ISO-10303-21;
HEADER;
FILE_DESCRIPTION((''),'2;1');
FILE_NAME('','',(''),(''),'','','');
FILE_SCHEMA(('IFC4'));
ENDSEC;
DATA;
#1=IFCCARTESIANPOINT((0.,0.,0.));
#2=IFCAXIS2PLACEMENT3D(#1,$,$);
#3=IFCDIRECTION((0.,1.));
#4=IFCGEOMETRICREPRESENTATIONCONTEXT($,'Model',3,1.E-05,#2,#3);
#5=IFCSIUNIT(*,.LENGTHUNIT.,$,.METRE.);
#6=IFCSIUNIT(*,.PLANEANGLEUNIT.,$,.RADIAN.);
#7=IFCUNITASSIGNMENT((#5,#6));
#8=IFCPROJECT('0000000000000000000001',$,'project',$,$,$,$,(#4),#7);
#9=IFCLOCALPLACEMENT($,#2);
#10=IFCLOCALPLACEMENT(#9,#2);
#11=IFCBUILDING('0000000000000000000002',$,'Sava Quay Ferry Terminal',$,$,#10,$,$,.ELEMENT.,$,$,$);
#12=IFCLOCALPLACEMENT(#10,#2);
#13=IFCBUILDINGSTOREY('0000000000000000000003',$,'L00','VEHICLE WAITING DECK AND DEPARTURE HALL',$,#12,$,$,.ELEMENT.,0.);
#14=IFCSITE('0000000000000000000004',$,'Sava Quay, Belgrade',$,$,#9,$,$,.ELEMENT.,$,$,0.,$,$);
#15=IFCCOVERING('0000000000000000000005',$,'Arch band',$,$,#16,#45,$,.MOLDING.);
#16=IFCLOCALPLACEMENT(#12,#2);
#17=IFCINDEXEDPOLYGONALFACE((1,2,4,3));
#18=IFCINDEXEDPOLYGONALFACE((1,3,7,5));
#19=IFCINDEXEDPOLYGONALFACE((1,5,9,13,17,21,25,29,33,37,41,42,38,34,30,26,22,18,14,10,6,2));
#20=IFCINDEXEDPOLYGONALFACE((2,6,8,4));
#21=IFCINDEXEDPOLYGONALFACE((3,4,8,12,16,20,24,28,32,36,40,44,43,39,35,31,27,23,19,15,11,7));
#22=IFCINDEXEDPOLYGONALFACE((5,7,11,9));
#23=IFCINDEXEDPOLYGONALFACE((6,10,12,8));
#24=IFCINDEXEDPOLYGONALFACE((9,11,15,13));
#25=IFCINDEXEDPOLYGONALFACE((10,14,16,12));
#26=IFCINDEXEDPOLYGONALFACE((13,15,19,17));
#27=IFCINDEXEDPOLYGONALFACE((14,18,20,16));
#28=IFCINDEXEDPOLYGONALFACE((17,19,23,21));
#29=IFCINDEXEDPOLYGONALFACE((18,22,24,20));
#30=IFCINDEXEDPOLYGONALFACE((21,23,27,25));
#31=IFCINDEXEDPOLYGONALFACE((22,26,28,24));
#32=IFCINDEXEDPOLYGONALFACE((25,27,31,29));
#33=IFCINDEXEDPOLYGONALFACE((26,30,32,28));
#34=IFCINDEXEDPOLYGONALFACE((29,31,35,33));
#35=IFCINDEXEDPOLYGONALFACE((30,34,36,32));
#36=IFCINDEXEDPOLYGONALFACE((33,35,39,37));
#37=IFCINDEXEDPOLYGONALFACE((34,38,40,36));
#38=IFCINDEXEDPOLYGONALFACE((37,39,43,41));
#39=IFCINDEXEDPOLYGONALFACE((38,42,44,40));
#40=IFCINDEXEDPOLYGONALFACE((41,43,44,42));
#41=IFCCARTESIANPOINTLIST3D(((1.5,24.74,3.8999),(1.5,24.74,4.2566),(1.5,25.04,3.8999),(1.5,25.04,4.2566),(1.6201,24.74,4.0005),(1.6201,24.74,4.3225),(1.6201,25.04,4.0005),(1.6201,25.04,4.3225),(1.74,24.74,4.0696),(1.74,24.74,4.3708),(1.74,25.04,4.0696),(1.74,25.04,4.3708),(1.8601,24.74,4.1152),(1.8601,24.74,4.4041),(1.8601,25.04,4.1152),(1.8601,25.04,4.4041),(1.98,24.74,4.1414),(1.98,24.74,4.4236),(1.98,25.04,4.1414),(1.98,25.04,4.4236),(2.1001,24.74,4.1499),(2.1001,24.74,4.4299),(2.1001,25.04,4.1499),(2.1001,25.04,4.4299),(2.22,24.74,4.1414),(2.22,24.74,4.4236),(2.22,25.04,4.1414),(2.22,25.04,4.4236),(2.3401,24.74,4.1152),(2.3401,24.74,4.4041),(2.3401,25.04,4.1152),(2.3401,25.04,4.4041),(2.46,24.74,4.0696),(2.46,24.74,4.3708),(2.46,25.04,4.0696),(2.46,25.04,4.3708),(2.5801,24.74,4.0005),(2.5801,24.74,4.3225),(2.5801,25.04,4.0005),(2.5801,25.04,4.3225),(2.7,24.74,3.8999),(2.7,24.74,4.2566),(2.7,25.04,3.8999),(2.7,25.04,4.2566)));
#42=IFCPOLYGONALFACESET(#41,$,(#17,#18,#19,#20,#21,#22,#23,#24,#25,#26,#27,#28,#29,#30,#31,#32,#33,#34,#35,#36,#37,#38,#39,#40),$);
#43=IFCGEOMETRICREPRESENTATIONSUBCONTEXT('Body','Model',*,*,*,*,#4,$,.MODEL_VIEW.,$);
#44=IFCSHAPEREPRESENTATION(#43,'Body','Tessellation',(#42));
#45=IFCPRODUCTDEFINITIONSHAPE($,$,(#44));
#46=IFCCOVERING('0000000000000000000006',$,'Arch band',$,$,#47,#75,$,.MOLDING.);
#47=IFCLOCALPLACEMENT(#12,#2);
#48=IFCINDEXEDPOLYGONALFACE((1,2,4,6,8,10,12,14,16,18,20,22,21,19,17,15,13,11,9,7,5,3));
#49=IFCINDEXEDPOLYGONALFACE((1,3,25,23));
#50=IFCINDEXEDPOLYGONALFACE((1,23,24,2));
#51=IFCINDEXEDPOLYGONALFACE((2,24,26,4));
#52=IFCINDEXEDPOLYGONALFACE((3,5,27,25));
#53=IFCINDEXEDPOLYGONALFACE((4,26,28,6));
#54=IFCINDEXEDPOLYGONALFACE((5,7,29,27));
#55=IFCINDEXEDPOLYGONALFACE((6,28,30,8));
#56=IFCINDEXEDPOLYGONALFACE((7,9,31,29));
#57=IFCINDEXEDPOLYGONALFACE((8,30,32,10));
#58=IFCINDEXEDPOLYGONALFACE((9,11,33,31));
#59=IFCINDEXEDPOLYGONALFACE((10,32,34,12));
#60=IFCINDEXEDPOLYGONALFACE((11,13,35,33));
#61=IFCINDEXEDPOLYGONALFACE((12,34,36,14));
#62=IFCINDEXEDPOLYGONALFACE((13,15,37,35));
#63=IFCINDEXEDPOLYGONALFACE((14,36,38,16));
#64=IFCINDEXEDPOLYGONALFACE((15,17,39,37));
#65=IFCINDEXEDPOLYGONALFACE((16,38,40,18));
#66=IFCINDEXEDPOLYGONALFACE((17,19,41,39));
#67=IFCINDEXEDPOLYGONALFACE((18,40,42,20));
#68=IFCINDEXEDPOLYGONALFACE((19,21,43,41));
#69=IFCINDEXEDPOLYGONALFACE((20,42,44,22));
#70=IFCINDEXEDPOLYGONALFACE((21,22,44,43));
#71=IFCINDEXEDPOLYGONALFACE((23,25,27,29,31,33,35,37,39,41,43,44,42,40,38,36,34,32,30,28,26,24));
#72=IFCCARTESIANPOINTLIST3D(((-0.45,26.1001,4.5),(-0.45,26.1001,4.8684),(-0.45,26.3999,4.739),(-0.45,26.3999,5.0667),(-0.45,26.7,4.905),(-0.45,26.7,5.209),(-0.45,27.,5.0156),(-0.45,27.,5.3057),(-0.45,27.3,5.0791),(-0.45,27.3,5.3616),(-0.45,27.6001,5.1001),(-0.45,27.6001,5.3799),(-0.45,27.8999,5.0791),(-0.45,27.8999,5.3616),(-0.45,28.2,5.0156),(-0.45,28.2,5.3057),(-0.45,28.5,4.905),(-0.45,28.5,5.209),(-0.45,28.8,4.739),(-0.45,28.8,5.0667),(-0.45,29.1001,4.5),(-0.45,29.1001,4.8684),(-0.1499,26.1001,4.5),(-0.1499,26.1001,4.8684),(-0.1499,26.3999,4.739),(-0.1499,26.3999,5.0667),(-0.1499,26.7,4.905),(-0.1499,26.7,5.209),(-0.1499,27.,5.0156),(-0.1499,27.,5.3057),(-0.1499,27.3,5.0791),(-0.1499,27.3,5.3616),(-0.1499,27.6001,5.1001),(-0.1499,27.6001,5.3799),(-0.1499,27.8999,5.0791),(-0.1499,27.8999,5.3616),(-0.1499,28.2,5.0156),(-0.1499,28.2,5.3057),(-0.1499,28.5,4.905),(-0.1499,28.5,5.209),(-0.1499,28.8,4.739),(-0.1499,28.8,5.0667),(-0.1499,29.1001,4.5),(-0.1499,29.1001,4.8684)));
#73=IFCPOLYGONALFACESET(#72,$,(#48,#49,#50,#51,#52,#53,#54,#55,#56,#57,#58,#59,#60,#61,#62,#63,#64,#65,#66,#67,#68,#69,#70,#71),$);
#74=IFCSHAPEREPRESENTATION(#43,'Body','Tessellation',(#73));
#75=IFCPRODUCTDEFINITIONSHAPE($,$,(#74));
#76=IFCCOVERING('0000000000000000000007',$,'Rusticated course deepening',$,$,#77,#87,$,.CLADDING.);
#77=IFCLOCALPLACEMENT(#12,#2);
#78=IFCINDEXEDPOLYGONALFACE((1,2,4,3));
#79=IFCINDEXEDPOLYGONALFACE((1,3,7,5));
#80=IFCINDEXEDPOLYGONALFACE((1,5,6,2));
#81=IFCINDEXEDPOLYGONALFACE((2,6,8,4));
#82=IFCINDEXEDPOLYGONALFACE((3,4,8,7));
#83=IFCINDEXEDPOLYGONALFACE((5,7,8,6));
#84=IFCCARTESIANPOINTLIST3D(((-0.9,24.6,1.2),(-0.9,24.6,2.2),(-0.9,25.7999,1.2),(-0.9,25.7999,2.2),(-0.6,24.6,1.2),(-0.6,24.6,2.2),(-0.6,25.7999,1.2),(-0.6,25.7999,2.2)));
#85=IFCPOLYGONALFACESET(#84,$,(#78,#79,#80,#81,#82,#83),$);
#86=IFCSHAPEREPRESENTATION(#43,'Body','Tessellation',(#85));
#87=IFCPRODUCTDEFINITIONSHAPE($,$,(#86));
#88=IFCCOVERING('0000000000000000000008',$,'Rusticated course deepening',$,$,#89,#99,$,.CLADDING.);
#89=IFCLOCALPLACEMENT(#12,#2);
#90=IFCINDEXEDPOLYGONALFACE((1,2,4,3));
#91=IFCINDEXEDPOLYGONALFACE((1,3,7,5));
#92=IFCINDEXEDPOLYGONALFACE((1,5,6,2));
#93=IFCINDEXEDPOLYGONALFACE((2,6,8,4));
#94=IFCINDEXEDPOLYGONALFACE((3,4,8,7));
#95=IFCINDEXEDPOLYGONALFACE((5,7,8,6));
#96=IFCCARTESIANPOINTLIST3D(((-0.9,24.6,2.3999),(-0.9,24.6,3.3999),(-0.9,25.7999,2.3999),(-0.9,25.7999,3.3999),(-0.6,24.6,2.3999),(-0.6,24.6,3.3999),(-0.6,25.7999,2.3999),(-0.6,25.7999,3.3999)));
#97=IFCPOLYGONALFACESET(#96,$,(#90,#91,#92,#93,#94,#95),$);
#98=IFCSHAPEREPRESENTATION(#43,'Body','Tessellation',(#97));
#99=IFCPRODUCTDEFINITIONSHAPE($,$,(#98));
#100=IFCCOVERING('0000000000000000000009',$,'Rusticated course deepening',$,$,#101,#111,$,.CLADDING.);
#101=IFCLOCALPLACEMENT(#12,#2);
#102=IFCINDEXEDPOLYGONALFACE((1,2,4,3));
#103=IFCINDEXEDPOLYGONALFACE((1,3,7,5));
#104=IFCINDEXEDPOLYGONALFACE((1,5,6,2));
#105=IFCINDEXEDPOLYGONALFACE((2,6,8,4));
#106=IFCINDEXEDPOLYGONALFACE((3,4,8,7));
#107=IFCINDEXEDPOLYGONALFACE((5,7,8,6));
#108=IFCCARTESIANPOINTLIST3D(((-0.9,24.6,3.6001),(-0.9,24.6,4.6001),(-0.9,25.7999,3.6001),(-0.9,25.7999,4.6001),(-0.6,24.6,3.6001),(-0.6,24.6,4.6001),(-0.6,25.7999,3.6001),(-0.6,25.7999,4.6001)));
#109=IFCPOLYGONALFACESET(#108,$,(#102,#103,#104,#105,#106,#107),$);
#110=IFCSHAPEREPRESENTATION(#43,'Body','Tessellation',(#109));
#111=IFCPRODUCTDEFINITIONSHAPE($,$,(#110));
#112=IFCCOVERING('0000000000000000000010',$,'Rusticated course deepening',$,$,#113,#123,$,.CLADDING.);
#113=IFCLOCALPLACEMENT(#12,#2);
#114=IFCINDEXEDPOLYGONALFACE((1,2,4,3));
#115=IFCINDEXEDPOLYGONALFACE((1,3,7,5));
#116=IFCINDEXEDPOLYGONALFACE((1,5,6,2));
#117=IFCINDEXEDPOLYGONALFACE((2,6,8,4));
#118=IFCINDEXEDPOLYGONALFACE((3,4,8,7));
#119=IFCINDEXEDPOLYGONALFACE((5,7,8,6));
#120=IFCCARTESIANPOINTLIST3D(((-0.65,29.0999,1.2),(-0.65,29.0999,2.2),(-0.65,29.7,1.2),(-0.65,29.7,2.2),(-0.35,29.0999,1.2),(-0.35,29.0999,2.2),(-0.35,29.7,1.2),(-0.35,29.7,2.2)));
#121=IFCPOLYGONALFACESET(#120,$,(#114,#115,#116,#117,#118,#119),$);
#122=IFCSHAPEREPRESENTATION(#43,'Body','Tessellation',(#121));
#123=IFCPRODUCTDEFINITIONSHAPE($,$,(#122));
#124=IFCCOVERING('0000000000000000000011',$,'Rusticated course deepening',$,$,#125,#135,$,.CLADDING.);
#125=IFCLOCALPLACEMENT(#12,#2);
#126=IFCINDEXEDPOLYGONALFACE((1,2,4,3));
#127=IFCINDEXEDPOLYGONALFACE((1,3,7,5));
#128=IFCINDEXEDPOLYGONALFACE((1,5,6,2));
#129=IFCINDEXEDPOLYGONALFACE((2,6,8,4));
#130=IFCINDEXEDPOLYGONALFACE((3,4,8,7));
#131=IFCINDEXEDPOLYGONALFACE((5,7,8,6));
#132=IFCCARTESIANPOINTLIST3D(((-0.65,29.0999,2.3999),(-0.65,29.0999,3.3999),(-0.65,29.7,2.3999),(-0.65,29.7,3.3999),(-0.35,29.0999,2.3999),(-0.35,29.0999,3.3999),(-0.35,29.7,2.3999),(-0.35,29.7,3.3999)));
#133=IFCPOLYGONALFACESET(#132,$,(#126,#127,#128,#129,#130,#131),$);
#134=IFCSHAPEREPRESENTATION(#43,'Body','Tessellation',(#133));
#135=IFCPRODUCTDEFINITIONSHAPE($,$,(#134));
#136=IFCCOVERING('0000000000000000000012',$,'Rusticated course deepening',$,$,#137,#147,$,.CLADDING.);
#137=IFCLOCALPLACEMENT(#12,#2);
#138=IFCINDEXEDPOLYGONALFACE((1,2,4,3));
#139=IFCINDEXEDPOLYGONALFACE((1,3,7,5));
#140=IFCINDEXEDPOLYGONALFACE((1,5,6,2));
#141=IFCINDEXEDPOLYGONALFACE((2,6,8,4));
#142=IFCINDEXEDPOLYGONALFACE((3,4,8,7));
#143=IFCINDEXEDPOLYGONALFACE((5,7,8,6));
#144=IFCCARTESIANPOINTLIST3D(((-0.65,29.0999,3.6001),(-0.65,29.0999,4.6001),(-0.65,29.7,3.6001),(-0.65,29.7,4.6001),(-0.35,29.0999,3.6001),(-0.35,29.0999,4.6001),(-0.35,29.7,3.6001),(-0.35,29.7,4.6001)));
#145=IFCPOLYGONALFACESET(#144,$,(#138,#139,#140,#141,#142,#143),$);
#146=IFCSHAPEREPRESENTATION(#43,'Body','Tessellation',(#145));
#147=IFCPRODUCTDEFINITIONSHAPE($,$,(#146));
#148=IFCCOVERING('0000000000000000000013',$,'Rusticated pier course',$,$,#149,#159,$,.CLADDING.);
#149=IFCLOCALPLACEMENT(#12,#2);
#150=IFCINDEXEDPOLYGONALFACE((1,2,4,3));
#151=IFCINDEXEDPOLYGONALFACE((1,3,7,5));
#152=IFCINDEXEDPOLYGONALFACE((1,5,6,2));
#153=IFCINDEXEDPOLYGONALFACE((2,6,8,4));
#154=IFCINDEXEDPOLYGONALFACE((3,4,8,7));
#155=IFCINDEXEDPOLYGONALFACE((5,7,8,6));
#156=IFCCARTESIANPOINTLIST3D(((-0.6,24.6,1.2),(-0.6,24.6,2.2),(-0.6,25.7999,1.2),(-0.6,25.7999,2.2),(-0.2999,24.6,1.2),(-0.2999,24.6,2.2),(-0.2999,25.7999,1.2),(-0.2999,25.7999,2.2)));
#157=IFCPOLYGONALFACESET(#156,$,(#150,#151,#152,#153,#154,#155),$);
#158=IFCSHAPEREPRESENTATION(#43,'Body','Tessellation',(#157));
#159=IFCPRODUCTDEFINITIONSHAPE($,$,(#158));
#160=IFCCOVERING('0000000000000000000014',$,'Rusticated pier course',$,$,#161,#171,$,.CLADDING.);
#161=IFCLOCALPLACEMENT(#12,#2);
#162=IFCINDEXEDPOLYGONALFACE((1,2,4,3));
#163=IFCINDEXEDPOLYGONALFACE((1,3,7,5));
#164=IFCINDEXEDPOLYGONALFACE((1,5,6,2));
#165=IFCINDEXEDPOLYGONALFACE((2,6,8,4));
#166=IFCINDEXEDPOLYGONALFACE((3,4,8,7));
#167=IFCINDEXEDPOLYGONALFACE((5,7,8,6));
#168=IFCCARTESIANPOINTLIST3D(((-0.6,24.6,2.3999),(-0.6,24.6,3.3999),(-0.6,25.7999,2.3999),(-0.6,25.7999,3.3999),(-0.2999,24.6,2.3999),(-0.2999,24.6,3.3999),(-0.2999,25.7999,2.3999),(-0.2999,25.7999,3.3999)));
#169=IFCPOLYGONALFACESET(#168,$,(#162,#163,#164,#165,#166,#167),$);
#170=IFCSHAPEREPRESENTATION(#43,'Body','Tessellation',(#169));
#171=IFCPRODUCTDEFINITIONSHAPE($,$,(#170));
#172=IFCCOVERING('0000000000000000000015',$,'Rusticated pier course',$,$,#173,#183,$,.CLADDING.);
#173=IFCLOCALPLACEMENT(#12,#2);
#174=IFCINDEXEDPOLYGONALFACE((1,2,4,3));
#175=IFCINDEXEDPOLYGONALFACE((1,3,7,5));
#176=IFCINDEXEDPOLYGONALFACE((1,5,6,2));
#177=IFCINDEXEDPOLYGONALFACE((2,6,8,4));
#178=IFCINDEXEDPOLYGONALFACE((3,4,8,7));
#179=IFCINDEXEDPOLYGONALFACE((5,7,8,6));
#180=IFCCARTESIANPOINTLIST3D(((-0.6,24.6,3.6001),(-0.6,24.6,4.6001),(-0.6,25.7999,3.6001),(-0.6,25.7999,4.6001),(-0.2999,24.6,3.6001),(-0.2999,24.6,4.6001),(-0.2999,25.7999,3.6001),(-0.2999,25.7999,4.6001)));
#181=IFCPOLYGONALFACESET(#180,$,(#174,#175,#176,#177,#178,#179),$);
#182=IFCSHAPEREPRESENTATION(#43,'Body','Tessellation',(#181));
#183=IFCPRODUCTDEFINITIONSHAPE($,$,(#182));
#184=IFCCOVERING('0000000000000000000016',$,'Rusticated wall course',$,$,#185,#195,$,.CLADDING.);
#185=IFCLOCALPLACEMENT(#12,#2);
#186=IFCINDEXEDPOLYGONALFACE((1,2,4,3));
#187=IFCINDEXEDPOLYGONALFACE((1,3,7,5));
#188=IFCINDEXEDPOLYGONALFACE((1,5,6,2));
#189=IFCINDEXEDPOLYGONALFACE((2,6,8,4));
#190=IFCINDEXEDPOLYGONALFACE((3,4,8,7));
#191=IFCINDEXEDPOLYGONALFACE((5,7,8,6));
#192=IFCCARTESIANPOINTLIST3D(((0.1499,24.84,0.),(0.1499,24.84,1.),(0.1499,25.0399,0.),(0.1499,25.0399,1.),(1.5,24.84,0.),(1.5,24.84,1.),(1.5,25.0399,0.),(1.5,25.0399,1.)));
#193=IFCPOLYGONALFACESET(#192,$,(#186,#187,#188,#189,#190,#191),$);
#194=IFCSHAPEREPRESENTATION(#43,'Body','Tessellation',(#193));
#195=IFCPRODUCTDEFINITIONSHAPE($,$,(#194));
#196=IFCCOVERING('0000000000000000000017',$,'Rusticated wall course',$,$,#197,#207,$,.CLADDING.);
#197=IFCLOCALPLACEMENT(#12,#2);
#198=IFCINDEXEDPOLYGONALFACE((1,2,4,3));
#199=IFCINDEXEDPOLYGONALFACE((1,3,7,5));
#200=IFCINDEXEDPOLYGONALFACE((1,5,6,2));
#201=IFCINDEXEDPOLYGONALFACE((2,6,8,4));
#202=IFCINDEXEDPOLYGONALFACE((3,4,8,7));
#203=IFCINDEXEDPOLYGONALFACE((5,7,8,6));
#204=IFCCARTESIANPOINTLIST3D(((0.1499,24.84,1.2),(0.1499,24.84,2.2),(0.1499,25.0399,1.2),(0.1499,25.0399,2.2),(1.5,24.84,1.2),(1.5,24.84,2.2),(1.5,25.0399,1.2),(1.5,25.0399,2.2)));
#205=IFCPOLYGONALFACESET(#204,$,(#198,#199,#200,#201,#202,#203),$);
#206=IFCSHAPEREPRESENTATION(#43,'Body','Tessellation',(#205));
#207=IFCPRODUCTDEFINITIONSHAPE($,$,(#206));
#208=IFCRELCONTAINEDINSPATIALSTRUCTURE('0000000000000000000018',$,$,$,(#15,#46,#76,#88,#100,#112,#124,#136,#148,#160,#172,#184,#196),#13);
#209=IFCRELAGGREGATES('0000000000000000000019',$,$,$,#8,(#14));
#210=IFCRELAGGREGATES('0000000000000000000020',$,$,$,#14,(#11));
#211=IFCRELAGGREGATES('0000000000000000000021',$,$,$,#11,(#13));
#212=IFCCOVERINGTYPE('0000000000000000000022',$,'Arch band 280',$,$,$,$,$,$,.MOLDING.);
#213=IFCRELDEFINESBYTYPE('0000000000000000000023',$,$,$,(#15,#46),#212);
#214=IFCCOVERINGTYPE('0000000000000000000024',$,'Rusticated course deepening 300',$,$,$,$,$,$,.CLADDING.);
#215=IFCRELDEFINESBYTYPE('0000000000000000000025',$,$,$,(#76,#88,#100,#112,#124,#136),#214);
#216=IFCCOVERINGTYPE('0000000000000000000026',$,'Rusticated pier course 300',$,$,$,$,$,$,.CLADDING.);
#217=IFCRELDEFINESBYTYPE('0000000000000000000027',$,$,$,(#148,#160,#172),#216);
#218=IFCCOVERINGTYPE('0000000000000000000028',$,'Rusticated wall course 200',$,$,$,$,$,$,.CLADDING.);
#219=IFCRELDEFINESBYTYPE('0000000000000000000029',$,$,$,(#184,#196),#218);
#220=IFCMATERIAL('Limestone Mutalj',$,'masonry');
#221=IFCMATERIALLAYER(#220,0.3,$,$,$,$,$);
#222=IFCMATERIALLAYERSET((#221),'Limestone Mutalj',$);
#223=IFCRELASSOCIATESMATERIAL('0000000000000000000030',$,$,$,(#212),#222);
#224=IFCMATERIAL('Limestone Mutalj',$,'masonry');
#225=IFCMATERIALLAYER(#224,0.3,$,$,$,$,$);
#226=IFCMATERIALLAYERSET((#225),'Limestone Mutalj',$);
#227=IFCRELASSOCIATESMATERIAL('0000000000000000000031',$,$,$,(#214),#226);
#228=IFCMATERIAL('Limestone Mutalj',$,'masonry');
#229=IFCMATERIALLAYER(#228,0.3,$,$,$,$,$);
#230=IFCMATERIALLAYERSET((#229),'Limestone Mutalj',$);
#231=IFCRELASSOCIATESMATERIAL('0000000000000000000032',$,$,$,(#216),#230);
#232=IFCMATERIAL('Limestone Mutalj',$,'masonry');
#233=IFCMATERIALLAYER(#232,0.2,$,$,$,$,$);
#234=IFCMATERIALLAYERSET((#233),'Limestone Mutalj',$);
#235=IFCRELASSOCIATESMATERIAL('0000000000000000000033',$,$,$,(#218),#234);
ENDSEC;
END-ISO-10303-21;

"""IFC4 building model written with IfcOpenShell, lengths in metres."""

from ifc_helpers import new_model, si_unit, direction, frame, origin, origin_2d, place, context, subcontext, project, spatial, polyline, rectangle, outline, extrude, material, layer, layer_set, type_object, element, save


model = new_model("IFC4")

# Units and contexts
model_context = context("Model", 3, precision=1e-05, world=origin(), true_north=direction((0.0, 1.0)))
body_context = subcontext(model_context, "Body", "Model", "MODEL_VIEW")
ifc_project = project(units=[si_unit("LENGTHUNIT", "METRE"), si_unit("PLANEANGLEUNIT", "RADIAN")], contexts=[model_context])

# Site, building, storey
site_placement = place(None, origin())
site = spatial("IfcSite", under=ifc_project, at=site_placement, Name="Sava Quay, Belgrade", CompositionType="ELEMENT", RefElevation=0.0)
building_placement = place(site_placement, origin())
building = spatial("IfcBuilding", under=site, at=building_placement, Name="Sava Quay Ferry Terminal", CompositionType="ELEMENT")
storey_placement = place(building_placement, origin())
storey = spatial("IfcBuildingStorey", under=building, at=storey_placement, Name="L00", Description="VEHICLE WAITING DECK AND DEPARTURE HALL", CompositionType="ELEMENT", Elevation=0.0)

# Coverings
ifc_material_1 = material(Name="Limestone Mutalj", Category="masonry")
ifc_layer_1 = layer(ifc_material_1, 0.3)
ifc_layer_set_1 = layer_set([ifc_layer_1], Name="Limestone Mutalj")
covering_type_1 = type_object("IfcCoveringType", Name="Arch band 280", PredefinedType="MOLDING", material=ifc_layer_set_1)
covering_1_placement = place(storey_placement, frame((1.5, 24.74, 3.8999), z_axis=(0.0, -1.0, 0.0), x_axis=(0.766686, 0.0, 0.642022)))
element("IfcCovering", 1, at=covering_1_placement, inside=storey, type_object=covering_type_1, Name="Arch band", PredefinedType="MOLDING", context=body_context, shape_type="SweptSolid", body=[
    extrude(outline(polyline([(0.0, 0.0), (0.1567, 0.0), (0.2929, -0.024), (0.4143, -0.0661), (0.523, -0.123), (0.6206, -0.1936), (0.707, -0.2771), (0.7823, -0.3743), (0.8449, -0.4862), (0.8927, -0.6163), (0.92, -0.7704), (1.149, -0.4969), (1.0994, -0.3694), (1.0383, -0.2552), (0.9678, -0.1528), (0.8882, -0.0607), (0.8004, 0.0211), (0.7042, 0.0933), (0.5998, 0.1553), (0.4864, 0.207), (0.3634, 0.2469), (0.229, 0.2735), (0.0, 0.0)])), origin(), (0.0, 0.0, -1.0), 0.3),
])
covering_2_placement = place(storey_placement, frame((-0.1499, 26.1001, 4.5), z_axis=(1.0, 0.0, 0.0), x_axis=(0.0, 0.781924, 0.623374)))
element("IfcCovering", 2, at=covering_2_placement, inside=storey, type_object=covering_type_1, Name="Arch band", PredefinedType="MOLDING", context=body_context, shape_type="SweptSolid", body=[
    extrude(outline(polyline([(0.0, 0.0), (0.3834, 0.0), (0.7215, -0.0572), (1.0251, -0.1578), (1.2993, -0.2952), (1.547, -0.4658), (1.7683, -0.6691), (1.9634, -0.9058), (2.129, -1.1793), (2.2602, -1.4962), (2.3458, -1.8701), (2.5754, -1.5821), (2.4644, -1.24), (2.3185, -0.9417), (2.1442, -0.679), (1.9444, -0.4483), (1.7214, -0.2471), (1.4754, -0.0743), (1.2059, 0.069), (0.911, 0.1804), (0.5877, 0.2562), (0.2297, 0.2881), (0.0, 0.0)])), origin(), (0.0, 0.0, -1.0), 0.3),
])
ifc_material_2 = material(Name="Limestone Mutalj", Category="masonry")
ifc_layer_2 = layer(ifc_material_2, 0.3)
ifc_layer_set_2 = layer_set([ifc_layer_2], Name="Limestone Mutalj")
covering_type_2 = type_object("IfcCoveringType", Name="Rusticated course deepening 300", PredefinedType="CLADDING", material=ifc_layer_set_2)
for number, where, z_axis, x_axis, name in (
    (3, (-0.75, 25.2, 1.2), (0.0, 0.0, 1.0), (1.0, 0.0, 0.0), "Rusticated course deepening"),
    (4, (-0.75, 25.2, 2.3999), (0.0, 0.0, 1.0), (1.0, 0.0, 0.0), "Rusticated course deepening"),
    (5, (-0.75, 25.2, 3.6001), (0.0, 0.0, 1.0), (1.0, 0.0, 0.0), "Rusticated course deepening"),
):
    element("IfcCovering", number, at=place(storey_placement, frame(where, z_axis=z_axis, x_axis=x_axis)), inside=storey, type_object=covering_type_2, Name=name, PredefinedType="CLADDING", context=body_context, shape_type="SweptSolid", body=[
        extrude(rectangle(XDim=0.3, YDim=1.2, at=origin_2d()), origin(), (0.0, 0.0, 1.0), 1.0),
    ])
for number, where, z_axis, x_axis, name in (
    (6, (-0.5, 29.3999, 1.2), (0.0, 0.0, 1.0), (1.0, 0.0, 0.0), "Rusticated course deepening"),
    (7, (-0.5, 29.3999, 2.3999), (0.0, 0.0, 1.0), (1.0, 0.0, 0.0), "Rusticated course deepening"),
    (8, (-0.5, 29.3999, 3.6001), (0.0, 0.0, 1.0), (1.0, 0.0, 0.0), "Rusticated course deepening"),
):
    element("IfcCovering", number, at=place(storey_placement, frame(where, z_axis=z_axis, x_axis=x_axis)), inside=storey, type_object=covering_type_2, Name=name, PredefinedType="CLADDING", context=body_context, shape_type="SweptSolid", body=[
        extrude(rectangle(XDim=0.3, YDim=0.6001, at=origin_2d()), origin(), (0.0, 0.0, 1.0), 1.0),
    ])
ifc_material_3 = material(Name="Limestone Mutalj", Category="masonry")
ifc_layer_3 = layer(ifc_material_3, 0.3)
ifc_layer_set_3 = layer_set([ifc_layer_3], Name="Limestone Mutalj")
covering_type_3 = type_object("IfcCoveringType", Name="Rusticated pier course 300", PredefinedType="CLADDING", material=ifc_layer_set_3)
for number, where, z_axis, x_axis, name in (
    (9, (-0.45, 25.2, 1.2), (0.0, 0.0, 1.0), (1.0, 0.0, 0.0), "Rusticated pier course"),
    (10, (-0.45, 25.2, 2.3999), (0.0, 0.0, 1.0), (1.0, 0.0, 0.0), "Rusticated pier course"),
    (11, (-0.45, 25.2, 3.6001), (0.0, 0.0, 1.0), (1.0, 0.0, 0.0), "Rusticated pier course"),
):
    element("IfcCovering", number, at=place(storey_placement, frame(where, z_axis=z_axis, x_axis=x_axis)), inside=storey, type_object=covering_type_3, Name=name, PredefinedType="CLADDING", context=body_context, shape_type="SweptSolid", body=[
        extrude(rectangle(XDim=0.3, YDim=1.2, at=origin_2d()), origin(), (0.0, 0.0, 1.0), 1.0),
    ])
ifc_material_4 = material(Name="Limestone Mutalj", Category="masonry")
ifc_layer_4 = layer(ifc_material_4, 0.2)
ifc_layer_set_4 = layer_set([ifc_layer_4], Name="Limestone Mutalj")
covering_type_4 = type_object("IfcCoveringType", Name="Rusticated wall course 200", PredefinedType="CLADDING", material=ifc_layer_set_4)
for number, where, z_axis, x_axis, name in (
    (12, (0.825, 24.9399, 0.0), (0.0, 0.0, 1.0), (1.0, 0.0, 0.0), "Rusticated wall course"),
    (13, (0.825, 24.9399, 1.2), (0.0, 0.0, 1.0), (1.0, 0.0, 0.0), "Rusticated wall course"),
):
    element("IfcCovering", number, at=place(storey_placement, frame(where, z_axis=z_axis, x_axis=x_axis)), inside=storey, type_object=covering_type_4, Name=name, PredefinedType="CLADDING", context=body_context, shape_type="SweptSolid", body=[
        extrude(rectangle(XDim=1.3501, YDim=0.2, at=origin_2d()), origin(), (0.0, 0.0, 1.0), 1.0),
    ])

save(model, "model.ifc")
